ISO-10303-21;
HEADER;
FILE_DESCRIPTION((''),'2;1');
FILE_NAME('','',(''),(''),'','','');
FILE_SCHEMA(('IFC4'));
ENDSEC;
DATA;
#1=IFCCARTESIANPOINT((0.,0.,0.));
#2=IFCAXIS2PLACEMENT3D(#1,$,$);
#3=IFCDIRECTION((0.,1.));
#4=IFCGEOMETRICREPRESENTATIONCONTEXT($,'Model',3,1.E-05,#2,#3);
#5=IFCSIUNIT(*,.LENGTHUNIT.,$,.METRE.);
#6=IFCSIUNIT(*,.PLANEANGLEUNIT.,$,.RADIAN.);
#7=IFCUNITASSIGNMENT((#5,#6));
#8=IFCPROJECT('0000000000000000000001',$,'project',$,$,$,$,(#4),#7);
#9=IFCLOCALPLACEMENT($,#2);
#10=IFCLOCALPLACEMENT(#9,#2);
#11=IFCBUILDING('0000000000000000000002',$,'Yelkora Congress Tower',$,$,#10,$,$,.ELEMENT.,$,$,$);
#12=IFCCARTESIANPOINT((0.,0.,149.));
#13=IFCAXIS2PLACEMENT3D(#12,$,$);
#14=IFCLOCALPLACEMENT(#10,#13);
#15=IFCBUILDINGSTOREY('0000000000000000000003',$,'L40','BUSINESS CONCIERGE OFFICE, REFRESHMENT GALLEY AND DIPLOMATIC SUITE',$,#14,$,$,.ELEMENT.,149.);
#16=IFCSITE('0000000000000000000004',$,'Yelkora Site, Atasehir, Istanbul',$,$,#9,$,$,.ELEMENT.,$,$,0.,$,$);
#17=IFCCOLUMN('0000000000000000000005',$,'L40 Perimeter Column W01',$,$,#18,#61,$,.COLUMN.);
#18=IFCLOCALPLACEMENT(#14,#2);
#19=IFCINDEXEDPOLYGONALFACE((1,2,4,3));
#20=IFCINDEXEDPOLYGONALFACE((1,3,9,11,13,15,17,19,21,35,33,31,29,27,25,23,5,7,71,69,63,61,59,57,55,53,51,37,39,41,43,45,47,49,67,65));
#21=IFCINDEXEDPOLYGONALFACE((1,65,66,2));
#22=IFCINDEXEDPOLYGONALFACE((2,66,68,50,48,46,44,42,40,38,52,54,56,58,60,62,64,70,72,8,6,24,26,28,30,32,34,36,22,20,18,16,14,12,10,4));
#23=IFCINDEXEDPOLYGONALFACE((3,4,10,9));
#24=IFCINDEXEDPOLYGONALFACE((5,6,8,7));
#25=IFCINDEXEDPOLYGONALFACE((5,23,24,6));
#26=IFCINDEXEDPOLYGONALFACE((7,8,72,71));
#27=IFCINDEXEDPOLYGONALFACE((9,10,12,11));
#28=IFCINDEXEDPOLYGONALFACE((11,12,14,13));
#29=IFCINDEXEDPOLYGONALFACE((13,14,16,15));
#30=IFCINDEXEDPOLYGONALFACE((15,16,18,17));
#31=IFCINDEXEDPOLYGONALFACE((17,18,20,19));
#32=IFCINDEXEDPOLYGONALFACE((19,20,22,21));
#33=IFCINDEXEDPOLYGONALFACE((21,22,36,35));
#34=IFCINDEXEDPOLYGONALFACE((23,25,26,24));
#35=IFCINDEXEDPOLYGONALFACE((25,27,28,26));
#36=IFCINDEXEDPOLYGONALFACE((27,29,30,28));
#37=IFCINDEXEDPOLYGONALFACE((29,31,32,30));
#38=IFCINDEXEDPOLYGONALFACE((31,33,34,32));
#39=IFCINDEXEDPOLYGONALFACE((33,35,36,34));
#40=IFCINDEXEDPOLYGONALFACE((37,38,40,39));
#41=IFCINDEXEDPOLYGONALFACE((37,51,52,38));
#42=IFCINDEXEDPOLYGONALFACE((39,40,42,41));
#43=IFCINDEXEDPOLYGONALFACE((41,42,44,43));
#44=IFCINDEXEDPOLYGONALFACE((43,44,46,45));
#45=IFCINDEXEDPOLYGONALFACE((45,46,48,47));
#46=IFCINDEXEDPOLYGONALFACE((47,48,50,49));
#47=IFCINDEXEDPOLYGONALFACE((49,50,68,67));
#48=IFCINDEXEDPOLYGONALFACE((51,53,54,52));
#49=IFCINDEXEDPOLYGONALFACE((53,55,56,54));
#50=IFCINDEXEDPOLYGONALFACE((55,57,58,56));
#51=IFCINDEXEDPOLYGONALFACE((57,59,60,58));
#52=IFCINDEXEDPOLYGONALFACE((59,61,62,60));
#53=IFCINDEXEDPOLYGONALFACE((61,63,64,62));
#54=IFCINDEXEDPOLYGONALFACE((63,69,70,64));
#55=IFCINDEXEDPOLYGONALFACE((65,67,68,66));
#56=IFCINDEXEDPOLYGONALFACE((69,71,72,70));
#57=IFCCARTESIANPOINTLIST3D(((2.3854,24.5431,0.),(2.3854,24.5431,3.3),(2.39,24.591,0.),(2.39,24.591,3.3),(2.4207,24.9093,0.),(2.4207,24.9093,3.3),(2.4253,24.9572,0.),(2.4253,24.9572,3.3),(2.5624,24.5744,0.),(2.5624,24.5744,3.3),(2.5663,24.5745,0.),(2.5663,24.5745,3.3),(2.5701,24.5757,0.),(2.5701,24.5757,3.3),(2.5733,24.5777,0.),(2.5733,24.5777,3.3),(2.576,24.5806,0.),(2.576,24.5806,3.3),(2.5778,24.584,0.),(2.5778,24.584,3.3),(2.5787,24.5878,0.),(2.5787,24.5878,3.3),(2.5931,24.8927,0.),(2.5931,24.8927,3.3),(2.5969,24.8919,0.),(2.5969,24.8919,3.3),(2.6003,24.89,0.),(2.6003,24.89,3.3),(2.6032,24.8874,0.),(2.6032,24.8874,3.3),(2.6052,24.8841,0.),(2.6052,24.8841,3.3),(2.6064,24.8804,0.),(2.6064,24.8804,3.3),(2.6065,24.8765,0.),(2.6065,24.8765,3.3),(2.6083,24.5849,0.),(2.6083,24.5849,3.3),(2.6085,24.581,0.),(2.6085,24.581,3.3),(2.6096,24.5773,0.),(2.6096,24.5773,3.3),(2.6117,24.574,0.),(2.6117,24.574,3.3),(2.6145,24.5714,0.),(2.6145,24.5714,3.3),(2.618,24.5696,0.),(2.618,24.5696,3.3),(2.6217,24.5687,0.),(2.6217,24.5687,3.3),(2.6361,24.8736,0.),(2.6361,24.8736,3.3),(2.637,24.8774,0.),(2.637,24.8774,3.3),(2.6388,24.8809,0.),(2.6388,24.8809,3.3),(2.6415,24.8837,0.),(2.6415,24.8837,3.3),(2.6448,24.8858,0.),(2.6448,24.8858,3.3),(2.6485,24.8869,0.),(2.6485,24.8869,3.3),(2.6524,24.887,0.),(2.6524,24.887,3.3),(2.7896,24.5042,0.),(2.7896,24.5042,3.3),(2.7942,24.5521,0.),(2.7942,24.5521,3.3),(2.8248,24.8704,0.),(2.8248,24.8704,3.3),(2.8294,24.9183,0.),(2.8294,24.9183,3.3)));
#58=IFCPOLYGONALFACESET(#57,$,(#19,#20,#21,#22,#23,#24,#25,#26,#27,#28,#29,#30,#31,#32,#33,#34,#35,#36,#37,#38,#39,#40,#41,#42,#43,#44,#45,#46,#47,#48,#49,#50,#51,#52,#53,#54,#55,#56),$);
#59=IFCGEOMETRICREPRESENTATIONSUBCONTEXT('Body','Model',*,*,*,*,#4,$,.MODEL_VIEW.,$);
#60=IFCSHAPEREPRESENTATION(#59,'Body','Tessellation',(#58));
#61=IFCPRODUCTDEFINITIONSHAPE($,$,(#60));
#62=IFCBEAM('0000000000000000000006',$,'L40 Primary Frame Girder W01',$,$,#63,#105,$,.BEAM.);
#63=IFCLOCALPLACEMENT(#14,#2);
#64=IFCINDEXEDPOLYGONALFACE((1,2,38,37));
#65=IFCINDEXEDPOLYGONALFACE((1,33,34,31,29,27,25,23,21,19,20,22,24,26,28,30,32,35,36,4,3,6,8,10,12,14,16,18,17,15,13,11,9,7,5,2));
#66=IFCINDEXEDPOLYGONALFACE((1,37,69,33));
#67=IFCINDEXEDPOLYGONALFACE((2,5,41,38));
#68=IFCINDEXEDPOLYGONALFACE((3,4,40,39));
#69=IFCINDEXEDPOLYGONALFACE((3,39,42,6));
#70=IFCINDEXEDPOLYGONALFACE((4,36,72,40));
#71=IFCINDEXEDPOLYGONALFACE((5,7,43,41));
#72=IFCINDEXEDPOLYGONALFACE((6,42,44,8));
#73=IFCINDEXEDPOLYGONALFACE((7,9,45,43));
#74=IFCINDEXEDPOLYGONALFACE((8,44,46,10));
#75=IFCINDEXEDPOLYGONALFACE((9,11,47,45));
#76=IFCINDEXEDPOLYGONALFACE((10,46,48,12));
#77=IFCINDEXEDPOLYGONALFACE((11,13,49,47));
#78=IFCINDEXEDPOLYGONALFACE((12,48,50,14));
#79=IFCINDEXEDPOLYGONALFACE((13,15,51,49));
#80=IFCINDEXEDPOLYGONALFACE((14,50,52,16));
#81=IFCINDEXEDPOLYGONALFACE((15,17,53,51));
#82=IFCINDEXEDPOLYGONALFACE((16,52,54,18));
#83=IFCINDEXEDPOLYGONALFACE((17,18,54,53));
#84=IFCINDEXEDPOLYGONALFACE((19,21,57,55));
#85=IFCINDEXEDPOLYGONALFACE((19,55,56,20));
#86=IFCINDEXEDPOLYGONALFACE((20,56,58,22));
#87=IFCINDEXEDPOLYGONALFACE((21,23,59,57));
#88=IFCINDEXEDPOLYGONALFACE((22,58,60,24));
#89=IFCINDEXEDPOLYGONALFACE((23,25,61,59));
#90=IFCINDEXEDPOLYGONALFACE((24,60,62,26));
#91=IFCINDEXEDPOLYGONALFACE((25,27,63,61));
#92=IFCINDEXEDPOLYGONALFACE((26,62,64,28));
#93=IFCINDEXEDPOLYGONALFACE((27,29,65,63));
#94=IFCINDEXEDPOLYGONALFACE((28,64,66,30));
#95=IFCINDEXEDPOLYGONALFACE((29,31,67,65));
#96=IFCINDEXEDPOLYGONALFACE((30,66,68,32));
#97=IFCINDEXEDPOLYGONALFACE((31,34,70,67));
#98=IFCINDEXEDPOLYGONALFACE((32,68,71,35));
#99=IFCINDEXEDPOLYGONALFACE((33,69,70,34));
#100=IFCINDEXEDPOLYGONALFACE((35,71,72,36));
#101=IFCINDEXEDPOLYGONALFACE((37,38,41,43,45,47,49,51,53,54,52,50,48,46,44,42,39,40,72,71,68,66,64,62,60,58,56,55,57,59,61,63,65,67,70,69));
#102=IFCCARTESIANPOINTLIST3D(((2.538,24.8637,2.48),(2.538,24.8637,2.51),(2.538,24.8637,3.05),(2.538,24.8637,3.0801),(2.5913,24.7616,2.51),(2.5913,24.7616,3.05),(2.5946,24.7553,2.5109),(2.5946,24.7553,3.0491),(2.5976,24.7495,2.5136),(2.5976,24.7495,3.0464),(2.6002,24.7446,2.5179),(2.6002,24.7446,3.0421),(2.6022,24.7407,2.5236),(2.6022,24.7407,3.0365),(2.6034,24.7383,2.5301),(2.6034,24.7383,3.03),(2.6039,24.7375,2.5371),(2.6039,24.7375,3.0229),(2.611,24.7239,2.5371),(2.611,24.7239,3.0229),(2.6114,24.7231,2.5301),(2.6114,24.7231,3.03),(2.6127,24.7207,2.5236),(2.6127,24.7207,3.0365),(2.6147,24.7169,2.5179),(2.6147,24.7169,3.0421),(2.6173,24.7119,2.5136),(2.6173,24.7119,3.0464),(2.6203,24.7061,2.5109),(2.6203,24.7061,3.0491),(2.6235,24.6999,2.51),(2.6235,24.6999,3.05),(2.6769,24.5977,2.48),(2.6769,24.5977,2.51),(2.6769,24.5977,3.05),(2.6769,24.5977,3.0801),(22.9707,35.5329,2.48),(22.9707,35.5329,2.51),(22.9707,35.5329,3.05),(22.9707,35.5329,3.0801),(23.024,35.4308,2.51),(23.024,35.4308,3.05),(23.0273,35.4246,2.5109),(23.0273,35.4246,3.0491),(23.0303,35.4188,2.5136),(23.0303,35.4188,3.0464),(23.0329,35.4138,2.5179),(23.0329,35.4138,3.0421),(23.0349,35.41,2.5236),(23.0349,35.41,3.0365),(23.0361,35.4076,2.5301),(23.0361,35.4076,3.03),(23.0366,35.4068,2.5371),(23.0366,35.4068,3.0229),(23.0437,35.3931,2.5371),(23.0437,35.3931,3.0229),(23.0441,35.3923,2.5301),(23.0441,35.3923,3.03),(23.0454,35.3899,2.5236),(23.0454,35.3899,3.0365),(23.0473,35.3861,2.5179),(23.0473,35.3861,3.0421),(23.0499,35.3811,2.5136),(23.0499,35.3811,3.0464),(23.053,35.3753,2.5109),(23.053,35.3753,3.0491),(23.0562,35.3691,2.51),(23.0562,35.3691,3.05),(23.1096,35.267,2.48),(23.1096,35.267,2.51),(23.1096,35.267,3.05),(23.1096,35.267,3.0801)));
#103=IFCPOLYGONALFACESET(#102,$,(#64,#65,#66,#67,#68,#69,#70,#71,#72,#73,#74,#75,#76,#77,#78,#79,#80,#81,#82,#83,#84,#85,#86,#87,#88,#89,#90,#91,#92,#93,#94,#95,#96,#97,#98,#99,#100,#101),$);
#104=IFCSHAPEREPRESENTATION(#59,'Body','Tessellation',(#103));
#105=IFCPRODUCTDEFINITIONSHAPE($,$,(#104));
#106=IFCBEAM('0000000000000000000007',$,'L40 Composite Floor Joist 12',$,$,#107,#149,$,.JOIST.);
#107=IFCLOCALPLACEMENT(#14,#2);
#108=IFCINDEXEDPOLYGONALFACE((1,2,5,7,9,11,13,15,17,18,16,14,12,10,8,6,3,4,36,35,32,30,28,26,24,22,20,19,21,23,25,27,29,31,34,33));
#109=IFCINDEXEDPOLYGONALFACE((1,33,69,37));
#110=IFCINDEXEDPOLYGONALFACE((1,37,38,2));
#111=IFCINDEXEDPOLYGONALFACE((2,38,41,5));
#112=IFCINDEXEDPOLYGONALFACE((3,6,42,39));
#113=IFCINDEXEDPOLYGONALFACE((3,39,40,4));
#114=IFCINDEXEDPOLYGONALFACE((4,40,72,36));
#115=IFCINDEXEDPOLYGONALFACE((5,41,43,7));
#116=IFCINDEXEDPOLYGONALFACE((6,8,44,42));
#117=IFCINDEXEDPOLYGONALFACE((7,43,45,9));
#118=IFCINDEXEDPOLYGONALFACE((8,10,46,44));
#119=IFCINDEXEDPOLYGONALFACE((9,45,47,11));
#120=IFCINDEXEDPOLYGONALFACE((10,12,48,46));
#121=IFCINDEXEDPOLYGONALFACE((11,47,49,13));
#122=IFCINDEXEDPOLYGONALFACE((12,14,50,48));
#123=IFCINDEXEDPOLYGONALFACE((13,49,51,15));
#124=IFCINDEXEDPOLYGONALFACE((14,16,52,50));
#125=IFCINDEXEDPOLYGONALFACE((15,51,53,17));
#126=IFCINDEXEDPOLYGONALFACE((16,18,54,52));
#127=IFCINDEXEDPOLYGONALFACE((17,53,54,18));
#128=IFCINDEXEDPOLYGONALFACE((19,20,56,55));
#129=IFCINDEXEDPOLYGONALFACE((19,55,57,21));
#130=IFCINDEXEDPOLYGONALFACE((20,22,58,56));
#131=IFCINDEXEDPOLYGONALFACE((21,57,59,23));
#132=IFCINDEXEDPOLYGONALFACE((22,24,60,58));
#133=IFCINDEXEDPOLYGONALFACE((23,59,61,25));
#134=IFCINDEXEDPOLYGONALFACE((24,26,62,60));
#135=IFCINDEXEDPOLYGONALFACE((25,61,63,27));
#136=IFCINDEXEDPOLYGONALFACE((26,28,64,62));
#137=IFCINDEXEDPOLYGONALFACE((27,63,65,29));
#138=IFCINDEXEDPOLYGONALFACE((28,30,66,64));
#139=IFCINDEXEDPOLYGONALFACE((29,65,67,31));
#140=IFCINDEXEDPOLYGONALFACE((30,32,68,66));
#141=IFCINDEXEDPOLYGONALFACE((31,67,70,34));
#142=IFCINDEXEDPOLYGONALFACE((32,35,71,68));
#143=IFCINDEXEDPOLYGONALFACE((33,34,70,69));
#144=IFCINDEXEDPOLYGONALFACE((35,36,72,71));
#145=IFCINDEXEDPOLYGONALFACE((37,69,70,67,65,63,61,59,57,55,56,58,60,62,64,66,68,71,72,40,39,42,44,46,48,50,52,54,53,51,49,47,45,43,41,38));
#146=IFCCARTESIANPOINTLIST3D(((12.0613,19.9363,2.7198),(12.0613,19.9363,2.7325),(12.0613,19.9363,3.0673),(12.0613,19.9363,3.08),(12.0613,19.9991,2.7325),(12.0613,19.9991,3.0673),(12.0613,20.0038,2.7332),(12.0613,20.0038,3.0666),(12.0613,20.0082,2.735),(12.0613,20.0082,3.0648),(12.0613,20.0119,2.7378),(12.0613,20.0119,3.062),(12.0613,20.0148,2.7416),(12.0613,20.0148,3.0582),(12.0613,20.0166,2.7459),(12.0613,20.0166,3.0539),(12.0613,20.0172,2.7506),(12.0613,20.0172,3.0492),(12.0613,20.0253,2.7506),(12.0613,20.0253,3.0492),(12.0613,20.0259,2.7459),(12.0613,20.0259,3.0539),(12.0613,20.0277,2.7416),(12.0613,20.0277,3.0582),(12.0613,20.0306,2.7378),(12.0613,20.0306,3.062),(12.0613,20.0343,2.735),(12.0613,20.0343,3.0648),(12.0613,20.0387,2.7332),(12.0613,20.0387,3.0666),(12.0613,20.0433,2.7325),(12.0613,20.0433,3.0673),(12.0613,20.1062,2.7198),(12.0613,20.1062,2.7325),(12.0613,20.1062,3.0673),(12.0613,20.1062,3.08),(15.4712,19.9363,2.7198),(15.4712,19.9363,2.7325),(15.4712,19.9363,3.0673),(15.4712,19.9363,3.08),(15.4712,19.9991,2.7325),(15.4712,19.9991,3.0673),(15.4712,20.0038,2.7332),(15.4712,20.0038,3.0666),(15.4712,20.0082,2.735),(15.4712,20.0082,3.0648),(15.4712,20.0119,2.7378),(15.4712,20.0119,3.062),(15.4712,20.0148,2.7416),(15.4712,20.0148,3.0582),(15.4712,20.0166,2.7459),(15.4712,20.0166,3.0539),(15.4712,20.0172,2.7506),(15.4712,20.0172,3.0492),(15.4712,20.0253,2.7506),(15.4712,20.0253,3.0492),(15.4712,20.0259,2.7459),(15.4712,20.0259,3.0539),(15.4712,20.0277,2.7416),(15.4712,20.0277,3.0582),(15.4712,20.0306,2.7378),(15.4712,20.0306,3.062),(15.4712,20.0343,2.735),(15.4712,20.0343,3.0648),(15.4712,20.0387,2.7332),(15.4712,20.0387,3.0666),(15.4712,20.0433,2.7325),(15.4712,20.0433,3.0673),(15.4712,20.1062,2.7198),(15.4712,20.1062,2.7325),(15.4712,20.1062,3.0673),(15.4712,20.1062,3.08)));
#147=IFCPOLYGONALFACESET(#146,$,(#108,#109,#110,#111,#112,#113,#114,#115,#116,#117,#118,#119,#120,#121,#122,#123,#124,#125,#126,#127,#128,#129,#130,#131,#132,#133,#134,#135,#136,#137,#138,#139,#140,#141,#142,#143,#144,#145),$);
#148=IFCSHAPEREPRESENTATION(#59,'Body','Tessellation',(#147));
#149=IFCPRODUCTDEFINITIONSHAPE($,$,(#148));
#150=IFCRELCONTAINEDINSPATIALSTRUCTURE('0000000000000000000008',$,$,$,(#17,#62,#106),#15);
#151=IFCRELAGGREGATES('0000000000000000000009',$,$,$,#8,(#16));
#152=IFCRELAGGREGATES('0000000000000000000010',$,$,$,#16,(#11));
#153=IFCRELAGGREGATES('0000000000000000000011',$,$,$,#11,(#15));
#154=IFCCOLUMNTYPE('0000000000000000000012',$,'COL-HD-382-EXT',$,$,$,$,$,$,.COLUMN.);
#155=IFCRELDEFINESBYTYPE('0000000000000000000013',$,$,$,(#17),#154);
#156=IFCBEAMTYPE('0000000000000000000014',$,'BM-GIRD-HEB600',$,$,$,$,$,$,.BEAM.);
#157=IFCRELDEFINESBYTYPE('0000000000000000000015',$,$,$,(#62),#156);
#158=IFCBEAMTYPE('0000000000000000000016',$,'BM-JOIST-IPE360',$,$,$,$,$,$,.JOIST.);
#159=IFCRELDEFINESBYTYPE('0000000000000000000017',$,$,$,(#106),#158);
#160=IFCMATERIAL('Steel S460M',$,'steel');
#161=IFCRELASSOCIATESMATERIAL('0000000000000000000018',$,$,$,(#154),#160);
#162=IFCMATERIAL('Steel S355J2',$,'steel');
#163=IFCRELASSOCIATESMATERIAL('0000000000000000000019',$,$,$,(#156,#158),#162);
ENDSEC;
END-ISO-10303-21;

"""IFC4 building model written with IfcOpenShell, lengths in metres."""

from ifc_helpers import new_model, si_unit, direction, frame, origin, origin_2d, place, context, subcontext, project, spatial, i_section, extrude, material, material_profile, profile_set, type_object, element, save


model = new_model("IFC4")

# Units and contexts
model_context = context("Model", 3, precision=1e-05, world=origin(), true_north=direction((0.0, 1.0)))
body_context = subcontext(model_context, "Body", "Model", "MODEL_VIEW")
ifc_project = project(units=[si_unit("LENGTHUNIT", "METRE"), si_unit("PLANEANGLEUNIT", "RADIAN")], contexts=[model_context])

# Site, building, storey
site_placement = place(None, origin())
site = spatial("IfcSite", under=ifc_project, at=site_placement, Name="Yelkora Site, Atasehir, Istanbul", CompositionType="ELEMENT", RefElevation=0.0)
building_placement = place(site_placement, origin())
building = spatial("IfcBuilding", under=site, at=building_placement, Name="Yelkora Congress Tower", CompositionType="ELEMENT")
storey_placement = place(building_placement, frame((0.0, 0.0, 149.0)))
storey = spatial("IfcBuildingStorey", under=building, at=storey_placement, Name="L40", Description="BUSINESS CONCIERGE OFFICE, REFRESHMENT GALLEY AND DIPLOMATIC SUITE", CompositionType="ELEMENT", Elevation=149.0)

# Column
ifc_material_1 = material(Name="Steel S460M", Category="steel")
ifc_material_profile_1 = material_profile(ifc_material_1, i_section(OverallWidth=0.406, OverallDepth=0.416, WebThickness=0.0298, FlangeThickness=0.0481, FilletRadius=0.0149, at=origin_2d()), Name="HD 400x382")
ifc_profile_set_1 = profile_set([ifc_material_profile_1], Name="Steel S460M")
column_type = type_object("IfcColumnType", Name="COL-HD-382-EXT", PredefinedType="COLUMN", material=ifc_profile_set_1)
column_placement = place(storey_placement, frame((2.6074, 24.7307, 0.0), z_axis=(0.0, 0.0, 1.0), x_axis=(0.995396, -0.095846, 0.0)))
element("IfcColumn", 1, at=column_placement, inside=storey, type_object=column_type, Name="L40 Perimeter Column W01", PredefinedType="COLUMN", context=body_context, shape_type="SweptSolid", body=[
    extrude(i_section(OverallWidth=0.406, OverallDepth=0.416, WebThickness=0.0298, FlangeThickness=0.0481, FilletRadius=0.0149, at=origin_2d()), origin(), (0.0, 0.0, 1.0), 3.3),
])

# Beams
ifc_material_2 = material(Name="Steel S355J2", Category="steel")
ifc_material_profile_2 = material_profile(ifc_material_2, i_section(OverallWidth=0.3, OverallDepth=0.6001, WebThickness=0.0154, FlangeThickness=0.03, FilletRadius=0.0271, at=origin_2d()), Name="HEB 600")
ifc_profile_set_2 = profile_set([ifc_material_profile_2], Name="Steel S355J2")
beam_type_1 = type_object("IfcBeamType", Name="BM-GIRD-HEB600", PredefinedType="BEAM", material=ifc_profile_set_2)
beam_1_placement = place(storey_placement, frame((2.6074, 24.7307, 2.78), z_axis=(0.88643, 0.462862, 0.0), x_axis=(-0.462862, 0.88643, 0.0)))
element("IfcBeam", 2, at=beam_1_placement, inside=storey, type_object=beam_type_1, Name="L40 Primary Frame Girder W01", PredefinedType="BEAM", context=body_context, shape_type="SweptSolid", body=[
    extrude(i_section(OverallWidth=0.3, OverallDepth=0.6001, WebThickness=0.0154, FlangeThickness=0.03, FilletRadius=0.0271, at=origin_2d()), origin(), (0.0, 0.0, 1.0), 23.0505),
])
ifc_material_profile_3 = material_profile(ifc_material_2, i_section(OverallWidth=0.1699, OverallDepth=0.3601, WebThickness=0.0081, FlangeThickness=0.0127, FilletRadius=0.0181, at=origin_2d()), Name="IPE 360")
ifc_profile_set_3 = profile_set([ifc_material_profile_3], Name="Steel S355J2")
beam_type_2 = type_object("IfcBeamType", Name="BM-JOIST-IPE360", PredefinedType="JOIST", material=ifc_profile_set_3)
beam_2_placement = place(storey_placement, frame((12.0613, 20.0212, 2.8999), z_axis=(1.0, 0.0, 0.0), x_axis=(0.0, 1.0, 0.0)))
element("IfcBeam", 3, at=beam_2_placement, inside=storey, type_object=beam_type_2, Name="L40 Composite Floor Joist 12", PredefinedType="JOIST", context=body_context, shape_type="SweptSolid", body=[
    extrude(i_section(OverallWidth=0.1699, OverallDepth=0.3601, WebThickness=0.0081, FlangeThickness=0.0127, FilletRadius=0.0181, at=origin_2d()), origin(), (0.0, 0.0, 1.0), 3.4099),
])

save(model, "model.ifc")
